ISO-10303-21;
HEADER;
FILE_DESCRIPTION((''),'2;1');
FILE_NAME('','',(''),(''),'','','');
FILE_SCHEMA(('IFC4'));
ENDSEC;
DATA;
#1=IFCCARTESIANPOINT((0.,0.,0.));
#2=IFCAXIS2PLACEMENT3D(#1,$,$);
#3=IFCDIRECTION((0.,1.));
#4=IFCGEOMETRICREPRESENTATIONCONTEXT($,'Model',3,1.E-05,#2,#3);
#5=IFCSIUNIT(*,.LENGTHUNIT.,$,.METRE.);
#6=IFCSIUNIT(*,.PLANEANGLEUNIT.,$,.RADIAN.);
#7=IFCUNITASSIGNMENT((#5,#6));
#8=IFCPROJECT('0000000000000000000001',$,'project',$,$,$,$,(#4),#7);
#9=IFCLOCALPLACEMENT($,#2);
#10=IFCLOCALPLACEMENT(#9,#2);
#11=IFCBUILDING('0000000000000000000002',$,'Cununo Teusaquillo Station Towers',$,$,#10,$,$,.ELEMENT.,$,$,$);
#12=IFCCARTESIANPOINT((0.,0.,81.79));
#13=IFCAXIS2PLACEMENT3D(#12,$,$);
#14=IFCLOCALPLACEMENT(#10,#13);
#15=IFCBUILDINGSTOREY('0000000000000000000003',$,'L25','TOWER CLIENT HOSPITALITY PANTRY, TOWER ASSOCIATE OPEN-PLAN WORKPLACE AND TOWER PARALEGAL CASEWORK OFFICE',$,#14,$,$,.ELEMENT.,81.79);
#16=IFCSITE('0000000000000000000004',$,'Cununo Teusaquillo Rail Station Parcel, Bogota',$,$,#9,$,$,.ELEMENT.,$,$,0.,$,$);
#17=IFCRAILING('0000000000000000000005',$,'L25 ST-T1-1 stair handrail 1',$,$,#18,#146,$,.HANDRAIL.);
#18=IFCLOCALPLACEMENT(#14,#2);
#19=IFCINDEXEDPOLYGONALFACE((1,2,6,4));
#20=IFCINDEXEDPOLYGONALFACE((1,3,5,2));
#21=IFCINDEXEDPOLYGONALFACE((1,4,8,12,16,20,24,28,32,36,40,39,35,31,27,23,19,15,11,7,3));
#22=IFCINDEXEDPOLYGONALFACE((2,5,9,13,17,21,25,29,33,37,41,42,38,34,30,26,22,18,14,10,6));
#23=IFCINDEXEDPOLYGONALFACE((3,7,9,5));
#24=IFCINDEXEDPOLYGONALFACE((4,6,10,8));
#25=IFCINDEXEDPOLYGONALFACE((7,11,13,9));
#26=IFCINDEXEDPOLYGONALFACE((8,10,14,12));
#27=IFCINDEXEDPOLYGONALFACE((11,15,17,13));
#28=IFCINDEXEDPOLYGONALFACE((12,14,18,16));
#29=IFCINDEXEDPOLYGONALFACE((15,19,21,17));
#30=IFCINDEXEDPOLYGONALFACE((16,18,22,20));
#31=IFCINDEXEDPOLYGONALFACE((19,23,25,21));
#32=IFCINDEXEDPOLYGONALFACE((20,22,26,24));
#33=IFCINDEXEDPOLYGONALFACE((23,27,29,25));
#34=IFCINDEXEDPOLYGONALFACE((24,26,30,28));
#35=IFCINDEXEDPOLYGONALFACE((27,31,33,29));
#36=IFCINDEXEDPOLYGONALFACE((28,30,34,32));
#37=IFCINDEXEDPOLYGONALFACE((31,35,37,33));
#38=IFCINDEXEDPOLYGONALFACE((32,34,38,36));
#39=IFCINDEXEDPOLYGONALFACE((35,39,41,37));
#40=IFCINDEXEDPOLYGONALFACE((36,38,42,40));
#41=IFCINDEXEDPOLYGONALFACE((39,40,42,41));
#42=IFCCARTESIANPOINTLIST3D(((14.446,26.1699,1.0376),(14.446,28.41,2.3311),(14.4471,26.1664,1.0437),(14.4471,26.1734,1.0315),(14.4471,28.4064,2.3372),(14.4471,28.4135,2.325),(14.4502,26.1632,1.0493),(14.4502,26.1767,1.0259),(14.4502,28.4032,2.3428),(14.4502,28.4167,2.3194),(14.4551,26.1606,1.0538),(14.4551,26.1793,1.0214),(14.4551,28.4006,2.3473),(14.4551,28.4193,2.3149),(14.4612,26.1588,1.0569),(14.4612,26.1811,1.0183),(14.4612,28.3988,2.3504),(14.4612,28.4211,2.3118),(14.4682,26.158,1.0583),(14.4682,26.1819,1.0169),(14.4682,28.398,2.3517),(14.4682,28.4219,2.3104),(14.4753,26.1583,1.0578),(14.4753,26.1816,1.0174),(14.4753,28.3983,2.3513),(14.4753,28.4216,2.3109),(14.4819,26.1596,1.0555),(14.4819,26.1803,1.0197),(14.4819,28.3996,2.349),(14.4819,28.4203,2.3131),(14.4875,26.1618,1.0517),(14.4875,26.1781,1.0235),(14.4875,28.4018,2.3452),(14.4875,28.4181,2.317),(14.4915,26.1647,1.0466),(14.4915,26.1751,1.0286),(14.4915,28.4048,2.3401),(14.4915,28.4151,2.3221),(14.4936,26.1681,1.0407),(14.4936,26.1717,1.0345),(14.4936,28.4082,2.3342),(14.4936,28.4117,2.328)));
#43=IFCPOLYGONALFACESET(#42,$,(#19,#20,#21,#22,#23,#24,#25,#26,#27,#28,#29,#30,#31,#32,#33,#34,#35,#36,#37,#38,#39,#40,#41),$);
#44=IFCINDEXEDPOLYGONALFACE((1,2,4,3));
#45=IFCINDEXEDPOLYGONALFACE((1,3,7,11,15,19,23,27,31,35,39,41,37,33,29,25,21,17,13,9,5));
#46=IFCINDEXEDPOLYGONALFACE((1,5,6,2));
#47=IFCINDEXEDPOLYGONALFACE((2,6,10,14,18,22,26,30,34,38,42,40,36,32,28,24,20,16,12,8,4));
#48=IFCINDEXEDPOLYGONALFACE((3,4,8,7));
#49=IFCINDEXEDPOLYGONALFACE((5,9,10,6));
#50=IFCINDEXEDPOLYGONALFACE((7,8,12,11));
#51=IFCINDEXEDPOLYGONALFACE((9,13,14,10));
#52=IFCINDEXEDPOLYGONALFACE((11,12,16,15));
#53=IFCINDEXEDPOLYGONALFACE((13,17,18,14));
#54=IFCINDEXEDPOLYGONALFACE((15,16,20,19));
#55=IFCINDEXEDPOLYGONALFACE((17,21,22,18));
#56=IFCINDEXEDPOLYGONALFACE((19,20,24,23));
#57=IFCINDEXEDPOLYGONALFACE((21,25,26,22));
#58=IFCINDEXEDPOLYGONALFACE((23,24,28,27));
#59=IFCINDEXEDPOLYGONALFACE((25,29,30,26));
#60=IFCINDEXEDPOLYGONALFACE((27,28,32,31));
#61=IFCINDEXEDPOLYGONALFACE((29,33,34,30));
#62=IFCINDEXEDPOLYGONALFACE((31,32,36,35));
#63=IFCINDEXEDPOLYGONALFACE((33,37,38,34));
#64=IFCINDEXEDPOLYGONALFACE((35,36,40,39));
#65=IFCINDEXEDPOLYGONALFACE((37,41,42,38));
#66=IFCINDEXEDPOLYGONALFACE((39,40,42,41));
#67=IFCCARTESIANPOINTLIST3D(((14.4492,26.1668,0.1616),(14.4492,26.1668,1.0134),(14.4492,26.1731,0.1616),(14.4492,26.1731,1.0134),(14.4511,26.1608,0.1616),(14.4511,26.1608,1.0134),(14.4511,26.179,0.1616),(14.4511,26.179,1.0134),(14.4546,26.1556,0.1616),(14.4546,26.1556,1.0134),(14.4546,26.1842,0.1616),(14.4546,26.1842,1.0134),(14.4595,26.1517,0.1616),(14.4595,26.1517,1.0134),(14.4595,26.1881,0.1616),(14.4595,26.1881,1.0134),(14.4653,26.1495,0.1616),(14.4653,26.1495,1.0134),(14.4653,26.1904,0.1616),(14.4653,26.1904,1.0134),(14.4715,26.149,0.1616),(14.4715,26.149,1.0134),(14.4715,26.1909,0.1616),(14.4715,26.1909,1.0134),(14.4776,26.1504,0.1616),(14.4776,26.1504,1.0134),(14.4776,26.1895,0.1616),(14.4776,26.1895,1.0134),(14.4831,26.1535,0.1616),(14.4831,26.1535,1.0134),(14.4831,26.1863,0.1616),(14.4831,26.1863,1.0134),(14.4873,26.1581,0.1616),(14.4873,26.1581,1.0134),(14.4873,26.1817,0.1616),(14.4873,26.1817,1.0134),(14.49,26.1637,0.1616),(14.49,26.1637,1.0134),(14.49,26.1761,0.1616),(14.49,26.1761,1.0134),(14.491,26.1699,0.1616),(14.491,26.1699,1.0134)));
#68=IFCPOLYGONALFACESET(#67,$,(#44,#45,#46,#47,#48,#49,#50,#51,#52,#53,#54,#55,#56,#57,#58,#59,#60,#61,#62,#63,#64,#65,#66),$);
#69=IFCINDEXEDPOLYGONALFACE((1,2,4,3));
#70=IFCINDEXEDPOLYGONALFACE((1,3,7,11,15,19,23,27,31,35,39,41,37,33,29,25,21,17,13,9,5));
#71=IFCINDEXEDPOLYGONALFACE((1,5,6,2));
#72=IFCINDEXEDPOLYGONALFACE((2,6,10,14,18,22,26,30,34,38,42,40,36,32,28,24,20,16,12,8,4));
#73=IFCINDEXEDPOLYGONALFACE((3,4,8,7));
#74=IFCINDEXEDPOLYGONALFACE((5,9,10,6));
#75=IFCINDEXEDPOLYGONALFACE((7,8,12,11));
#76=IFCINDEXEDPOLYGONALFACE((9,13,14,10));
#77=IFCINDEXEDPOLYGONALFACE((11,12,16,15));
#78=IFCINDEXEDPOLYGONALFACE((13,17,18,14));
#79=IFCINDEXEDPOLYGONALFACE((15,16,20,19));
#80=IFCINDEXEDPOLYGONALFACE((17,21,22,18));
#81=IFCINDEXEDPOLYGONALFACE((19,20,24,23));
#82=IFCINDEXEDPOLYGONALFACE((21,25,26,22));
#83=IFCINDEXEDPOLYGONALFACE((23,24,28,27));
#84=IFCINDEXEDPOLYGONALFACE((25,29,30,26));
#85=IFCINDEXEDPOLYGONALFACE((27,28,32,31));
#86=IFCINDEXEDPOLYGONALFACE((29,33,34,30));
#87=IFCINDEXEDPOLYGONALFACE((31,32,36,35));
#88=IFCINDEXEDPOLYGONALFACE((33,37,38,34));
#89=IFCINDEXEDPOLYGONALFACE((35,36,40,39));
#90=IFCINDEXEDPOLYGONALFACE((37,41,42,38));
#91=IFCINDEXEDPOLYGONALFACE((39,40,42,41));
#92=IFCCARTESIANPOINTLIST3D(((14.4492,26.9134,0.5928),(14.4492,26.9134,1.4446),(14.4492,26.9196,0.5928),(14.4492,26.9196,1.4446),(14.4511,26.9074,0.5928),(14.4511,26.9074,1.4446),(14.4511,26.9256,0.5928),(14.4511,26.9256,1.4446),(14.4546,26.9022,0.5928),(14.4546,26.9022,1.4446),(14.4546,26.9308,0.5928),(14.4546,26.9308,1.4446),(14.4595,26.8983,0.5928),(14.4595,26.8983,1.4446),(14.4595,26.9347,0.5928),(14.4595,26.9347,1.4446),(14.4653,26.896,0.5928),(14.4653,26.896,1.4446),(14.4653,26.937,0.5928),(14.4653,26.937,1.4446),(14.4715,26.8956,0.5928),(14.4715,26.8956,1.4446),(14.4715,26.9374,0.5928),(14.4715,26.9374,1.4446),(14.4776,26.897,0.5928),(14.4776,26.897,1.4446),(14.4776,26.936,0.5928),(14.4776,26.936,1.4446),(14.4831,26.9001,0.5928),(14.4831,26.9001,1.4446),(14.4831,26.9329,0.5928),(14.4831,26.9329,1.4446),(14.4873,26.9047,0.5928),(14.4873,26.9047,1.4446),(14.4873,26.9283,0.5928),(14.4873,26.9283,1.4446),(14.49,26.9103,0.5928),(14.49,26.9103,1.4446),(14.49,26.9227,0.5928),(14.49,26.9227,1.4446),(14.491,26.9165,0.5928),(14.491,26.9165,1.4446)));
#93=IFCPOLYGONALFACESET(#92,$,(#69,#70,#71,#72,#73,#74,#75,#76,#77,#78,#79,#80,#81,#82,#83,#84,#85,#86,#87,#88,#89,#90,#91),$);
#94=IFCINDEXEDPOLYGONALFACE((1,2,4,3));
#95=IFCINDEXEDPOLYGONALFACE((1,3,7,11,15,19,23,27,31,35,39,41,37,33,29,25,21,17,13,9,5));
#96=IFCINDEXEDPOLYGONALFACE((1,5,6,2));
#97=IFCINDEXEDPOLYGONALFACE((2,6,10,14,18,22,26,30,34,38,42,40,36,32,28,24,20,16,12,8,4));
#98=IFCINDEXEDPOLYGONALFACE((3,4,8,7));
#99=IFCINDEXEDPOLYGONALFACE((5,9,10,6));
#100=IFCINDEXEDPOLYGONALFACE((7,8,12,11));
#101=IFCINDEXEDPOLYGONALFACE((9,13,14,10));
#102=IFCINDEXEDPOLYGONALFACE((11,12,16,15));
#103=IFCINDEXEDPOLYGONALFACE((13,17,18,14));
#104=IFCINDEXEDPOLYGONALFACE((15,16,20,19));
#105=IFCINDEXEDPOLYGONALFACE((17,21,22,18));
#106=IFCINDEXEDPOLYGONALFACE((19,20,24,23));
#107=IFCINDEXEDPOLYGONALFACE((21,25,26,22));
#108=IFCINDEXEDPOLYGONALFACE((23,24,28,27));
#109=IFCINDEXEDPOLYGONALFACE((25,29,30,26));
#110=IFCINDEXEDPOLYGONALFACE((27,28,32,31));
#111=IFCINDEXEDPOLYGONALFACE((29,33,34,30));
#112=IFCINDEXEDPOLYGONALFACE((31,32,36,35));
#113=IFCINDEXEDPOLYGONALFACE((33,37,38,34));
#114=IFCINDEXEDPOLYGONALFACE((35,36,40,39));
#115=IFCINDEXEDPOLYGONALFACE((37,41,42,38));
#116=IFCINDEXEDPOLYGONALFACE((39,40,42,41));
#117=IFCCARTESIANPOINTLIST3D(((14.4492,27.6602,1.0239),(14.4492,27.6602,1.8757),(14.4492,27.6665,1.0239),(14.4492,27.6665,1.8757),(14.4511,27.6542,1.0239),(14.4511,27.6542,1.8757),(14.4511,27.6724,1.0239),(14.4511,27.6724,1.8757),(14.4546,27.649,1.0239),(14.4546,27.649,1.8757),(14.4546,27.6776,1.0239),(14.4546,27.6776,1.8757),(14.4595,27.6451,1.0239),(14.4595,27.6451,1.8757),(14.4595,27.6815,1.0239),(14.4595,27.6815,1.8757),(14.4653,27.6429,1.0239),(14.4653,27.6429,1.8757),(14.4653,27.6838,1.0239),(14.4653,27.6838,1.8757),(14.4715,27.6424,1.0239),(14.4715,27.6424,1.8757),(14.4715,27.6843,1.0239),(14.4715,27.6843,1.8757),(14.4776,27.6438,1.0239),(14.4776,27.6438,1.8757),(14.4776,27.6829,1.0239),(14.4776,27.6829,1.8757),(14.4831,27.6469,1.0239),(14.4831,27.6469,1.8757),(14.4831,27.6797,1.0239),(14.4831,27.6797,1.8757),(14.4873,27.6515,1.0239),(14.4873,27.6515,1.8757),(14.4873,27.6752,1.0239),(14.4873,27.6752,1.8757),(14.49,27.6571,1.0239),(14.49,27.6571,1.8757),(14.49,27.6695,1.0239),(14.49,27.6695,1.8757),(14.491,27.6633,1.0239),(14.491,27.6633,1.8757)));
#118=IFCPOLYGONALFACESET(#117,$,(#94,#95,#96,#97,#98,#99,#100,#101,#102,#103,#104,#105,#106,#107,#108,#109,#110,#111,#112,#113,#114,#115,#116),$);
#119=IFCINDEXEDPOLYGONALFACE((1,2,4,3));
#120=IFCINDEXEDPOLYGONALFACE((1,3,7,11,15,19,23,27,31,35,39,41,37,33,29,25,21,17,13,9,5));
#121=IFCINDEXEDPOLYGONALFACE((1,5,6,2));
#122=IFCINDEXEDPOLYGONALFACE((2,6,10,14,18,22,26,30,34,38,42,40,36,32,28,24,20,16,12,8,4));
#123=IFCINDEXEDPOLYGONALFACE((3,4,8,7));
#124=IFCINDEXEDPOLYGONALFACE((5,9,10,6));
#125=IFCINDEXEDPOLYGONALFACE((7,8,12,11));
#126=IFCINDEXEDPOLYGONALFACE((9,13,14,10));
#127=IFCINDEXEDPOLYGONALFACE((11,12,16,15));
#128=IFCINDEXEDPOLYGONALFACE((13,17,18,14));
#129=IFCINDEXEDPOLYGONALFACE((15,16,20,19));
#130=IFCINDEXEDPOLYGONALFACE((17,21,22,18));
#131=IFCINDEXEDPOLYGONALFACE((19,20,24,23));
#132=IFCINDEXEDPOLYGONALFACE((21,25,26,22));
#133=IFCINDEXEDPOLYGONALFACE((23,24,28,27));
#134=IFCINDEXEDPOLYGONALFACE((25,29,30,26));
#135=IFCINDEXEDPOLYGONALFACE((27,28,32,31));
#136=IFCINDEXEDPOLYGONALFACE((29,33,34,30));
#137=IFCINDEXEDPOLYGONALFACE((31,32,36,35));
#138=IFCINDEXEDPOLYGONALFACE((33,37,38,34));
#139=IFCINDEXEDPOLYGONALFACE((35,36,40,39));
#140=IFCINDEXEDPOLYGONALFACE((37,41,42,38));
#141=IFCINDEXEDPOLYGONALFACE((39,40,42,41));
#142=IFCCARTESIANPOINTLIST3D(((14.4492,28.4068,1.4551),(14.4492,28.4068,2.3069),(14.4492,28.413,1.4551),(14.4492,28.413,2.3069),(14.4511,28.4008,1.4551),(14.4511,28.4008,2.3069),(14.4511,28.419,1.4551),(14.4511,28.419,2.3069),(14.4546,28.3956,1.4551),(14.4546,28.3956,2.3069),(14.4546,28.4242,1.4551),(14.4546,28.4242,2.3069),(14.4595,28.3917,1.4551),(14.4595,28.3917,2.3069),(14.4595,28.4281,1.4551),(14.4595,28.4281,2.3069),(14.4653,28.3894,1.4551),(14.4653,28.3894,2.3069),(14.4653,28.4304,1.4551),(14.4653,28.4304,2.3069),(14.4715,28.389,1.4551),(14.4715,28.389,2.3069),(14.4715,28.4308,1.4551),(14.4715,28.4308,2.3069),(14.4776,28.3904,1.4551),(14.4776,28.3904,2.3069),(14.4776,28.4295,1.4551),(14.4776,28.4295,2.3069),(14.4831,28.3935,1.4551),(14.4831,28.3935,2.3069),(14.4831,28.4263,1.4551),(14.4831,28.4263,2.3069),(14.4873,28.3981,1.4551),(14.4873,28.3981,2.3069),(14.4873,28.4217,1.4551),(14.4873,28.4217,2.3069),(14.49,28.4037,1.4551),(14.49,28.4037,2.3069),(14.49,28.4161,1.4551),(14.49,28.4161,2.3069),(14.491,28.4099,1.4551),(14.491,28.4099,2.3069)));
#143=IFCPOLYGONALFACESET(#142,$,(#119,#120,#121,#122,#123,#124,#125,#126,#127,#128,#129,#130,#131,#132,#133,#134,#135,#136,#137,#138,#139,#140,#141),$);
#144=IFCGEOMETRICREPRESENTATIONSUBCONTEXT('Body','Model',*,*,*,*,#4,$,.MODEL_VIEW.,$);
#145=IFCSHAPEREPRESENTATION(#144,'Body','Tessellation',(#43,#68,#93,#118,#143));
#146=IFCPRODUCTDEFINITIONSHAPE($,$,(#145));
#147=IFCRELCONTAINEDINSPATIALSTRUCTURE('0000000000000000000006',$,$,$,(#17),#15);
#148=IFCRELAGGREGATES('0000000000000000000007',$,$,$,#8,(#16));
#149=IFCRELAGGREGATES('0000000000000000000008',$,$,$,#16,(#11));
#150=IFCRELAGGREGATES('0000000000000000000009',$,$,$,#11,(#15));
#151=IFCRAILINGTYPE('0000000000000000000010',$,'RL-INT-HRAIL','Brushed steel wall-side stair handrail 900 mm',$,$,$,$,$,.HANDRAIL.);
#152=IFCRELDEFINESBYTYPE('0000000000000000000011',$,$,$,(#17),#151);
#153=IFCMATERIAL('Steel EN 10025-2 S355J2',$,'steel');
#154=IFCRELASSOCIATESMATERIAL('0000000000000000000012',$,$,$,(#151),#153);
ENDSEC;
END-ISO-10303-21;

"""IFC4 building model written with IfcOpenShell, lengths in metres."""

from ifc_helpers import new_model, si_unit, direction, frame, origin, origin_2d, place, context, subcontext, project, spatial, circle, extrude, material, type_object, element, save


model = new_model("IFC4")

# Units and contexts
model_context = context("Model", 3, precision=1e-05, world=origin(), true_north=direction((0.0, 1.0)))
body_context = subcontext(model_context, "Body", "Model", "MODEL_VIEW")
ifc_project = project(units=[si_unit("LENGTHUNIT", "METRE"), si_unit("PLANEANGLEUNIT", "RADIAN")], contexts=[model_context])

# Site, building, storey
site_placement = place(None, origin())
site = spatial("IfcSite", under=ifc_project, at=site_placement, Name="Cununo Teusaquillo Rail Station Parcel, Bogota", CompositionType="ELEMENT", RefElevation=0.0)
building_placement = place(site_placement, origin())
building = spatial("IfcBuilding", under=site, at=building_placement, Name="Cununo Teusaquillo Station Towers", CompositionType="ELEMENT")
storey_placement = place(building_placement, frame((0.0, 0.0, 81.79)))
storey = spatial("IfcBuildingStorey", under=building, at=storey_placement, Name="L25", Description="TOWER CLIENT HOSPITALITY PANTRY, TOWER ASSOCIATE OPEN-PLAN WORKPLACE AND TOWER PARALEGAL CASEWORK OFFICE", CompositionType="ELEMENT", Elevation=81.79)

# Railing
ifc_material_1 = material(Name="Steel EN 10025-2 S355J2", Category="steel")
railing_type_1 = type_object("IfcRailingType", Name="RL-INT-HRAIL", Description="Brushed steel wall-side stair handrail 900 mm", PredefinedType="HANDRAIL", material=ifc_material_1)
railing_1_placement = place(storey_placement, frame((14.47, 26.1699, 0.1616)))
element("IfcRailing", 1, at=railing_1_placement, inside=storey, type_object=railing_type_1, Name="L25 ST-T1-1 stair handrail 1", PredefinedType="HANDRAIL", context=body_context, shape_type="SweptSolid", body=[
    extrude(circle(Radius=0.0239, at=origin_2d()), frame((0.0, 0.0, 0.876), z_axis=(0.0, 0.865992, 0.500057), x_axis=(-1.0, 0.0, 0.0)), (0.0, 0.0, 1.0), 2.5867),
    extrude(circle(Radius=0.021, at=origin_2d()), origin(), (0.0, 0.0, 1.0), 0.8518),
    extrude(circle(Radius=0.021, at=origin_2d()), frame((0.0, 0.7466, 0.4312)), (0.0, 0.0, 1.0), 0.8518),
    extrude(circle(Radius=0.021, at=origin_2d()), frame((0.0, 1.4934, 0.8623)), (0.0, 0.0, 1.0), 0.8518),
    extrude(circle(Radius=0.021, at=origin_2d()), frame((0.0, 2.24, 1.2935)), (0.0, 0.0, 1.0), 0.8518),
])

save(model, "model.ifc")
